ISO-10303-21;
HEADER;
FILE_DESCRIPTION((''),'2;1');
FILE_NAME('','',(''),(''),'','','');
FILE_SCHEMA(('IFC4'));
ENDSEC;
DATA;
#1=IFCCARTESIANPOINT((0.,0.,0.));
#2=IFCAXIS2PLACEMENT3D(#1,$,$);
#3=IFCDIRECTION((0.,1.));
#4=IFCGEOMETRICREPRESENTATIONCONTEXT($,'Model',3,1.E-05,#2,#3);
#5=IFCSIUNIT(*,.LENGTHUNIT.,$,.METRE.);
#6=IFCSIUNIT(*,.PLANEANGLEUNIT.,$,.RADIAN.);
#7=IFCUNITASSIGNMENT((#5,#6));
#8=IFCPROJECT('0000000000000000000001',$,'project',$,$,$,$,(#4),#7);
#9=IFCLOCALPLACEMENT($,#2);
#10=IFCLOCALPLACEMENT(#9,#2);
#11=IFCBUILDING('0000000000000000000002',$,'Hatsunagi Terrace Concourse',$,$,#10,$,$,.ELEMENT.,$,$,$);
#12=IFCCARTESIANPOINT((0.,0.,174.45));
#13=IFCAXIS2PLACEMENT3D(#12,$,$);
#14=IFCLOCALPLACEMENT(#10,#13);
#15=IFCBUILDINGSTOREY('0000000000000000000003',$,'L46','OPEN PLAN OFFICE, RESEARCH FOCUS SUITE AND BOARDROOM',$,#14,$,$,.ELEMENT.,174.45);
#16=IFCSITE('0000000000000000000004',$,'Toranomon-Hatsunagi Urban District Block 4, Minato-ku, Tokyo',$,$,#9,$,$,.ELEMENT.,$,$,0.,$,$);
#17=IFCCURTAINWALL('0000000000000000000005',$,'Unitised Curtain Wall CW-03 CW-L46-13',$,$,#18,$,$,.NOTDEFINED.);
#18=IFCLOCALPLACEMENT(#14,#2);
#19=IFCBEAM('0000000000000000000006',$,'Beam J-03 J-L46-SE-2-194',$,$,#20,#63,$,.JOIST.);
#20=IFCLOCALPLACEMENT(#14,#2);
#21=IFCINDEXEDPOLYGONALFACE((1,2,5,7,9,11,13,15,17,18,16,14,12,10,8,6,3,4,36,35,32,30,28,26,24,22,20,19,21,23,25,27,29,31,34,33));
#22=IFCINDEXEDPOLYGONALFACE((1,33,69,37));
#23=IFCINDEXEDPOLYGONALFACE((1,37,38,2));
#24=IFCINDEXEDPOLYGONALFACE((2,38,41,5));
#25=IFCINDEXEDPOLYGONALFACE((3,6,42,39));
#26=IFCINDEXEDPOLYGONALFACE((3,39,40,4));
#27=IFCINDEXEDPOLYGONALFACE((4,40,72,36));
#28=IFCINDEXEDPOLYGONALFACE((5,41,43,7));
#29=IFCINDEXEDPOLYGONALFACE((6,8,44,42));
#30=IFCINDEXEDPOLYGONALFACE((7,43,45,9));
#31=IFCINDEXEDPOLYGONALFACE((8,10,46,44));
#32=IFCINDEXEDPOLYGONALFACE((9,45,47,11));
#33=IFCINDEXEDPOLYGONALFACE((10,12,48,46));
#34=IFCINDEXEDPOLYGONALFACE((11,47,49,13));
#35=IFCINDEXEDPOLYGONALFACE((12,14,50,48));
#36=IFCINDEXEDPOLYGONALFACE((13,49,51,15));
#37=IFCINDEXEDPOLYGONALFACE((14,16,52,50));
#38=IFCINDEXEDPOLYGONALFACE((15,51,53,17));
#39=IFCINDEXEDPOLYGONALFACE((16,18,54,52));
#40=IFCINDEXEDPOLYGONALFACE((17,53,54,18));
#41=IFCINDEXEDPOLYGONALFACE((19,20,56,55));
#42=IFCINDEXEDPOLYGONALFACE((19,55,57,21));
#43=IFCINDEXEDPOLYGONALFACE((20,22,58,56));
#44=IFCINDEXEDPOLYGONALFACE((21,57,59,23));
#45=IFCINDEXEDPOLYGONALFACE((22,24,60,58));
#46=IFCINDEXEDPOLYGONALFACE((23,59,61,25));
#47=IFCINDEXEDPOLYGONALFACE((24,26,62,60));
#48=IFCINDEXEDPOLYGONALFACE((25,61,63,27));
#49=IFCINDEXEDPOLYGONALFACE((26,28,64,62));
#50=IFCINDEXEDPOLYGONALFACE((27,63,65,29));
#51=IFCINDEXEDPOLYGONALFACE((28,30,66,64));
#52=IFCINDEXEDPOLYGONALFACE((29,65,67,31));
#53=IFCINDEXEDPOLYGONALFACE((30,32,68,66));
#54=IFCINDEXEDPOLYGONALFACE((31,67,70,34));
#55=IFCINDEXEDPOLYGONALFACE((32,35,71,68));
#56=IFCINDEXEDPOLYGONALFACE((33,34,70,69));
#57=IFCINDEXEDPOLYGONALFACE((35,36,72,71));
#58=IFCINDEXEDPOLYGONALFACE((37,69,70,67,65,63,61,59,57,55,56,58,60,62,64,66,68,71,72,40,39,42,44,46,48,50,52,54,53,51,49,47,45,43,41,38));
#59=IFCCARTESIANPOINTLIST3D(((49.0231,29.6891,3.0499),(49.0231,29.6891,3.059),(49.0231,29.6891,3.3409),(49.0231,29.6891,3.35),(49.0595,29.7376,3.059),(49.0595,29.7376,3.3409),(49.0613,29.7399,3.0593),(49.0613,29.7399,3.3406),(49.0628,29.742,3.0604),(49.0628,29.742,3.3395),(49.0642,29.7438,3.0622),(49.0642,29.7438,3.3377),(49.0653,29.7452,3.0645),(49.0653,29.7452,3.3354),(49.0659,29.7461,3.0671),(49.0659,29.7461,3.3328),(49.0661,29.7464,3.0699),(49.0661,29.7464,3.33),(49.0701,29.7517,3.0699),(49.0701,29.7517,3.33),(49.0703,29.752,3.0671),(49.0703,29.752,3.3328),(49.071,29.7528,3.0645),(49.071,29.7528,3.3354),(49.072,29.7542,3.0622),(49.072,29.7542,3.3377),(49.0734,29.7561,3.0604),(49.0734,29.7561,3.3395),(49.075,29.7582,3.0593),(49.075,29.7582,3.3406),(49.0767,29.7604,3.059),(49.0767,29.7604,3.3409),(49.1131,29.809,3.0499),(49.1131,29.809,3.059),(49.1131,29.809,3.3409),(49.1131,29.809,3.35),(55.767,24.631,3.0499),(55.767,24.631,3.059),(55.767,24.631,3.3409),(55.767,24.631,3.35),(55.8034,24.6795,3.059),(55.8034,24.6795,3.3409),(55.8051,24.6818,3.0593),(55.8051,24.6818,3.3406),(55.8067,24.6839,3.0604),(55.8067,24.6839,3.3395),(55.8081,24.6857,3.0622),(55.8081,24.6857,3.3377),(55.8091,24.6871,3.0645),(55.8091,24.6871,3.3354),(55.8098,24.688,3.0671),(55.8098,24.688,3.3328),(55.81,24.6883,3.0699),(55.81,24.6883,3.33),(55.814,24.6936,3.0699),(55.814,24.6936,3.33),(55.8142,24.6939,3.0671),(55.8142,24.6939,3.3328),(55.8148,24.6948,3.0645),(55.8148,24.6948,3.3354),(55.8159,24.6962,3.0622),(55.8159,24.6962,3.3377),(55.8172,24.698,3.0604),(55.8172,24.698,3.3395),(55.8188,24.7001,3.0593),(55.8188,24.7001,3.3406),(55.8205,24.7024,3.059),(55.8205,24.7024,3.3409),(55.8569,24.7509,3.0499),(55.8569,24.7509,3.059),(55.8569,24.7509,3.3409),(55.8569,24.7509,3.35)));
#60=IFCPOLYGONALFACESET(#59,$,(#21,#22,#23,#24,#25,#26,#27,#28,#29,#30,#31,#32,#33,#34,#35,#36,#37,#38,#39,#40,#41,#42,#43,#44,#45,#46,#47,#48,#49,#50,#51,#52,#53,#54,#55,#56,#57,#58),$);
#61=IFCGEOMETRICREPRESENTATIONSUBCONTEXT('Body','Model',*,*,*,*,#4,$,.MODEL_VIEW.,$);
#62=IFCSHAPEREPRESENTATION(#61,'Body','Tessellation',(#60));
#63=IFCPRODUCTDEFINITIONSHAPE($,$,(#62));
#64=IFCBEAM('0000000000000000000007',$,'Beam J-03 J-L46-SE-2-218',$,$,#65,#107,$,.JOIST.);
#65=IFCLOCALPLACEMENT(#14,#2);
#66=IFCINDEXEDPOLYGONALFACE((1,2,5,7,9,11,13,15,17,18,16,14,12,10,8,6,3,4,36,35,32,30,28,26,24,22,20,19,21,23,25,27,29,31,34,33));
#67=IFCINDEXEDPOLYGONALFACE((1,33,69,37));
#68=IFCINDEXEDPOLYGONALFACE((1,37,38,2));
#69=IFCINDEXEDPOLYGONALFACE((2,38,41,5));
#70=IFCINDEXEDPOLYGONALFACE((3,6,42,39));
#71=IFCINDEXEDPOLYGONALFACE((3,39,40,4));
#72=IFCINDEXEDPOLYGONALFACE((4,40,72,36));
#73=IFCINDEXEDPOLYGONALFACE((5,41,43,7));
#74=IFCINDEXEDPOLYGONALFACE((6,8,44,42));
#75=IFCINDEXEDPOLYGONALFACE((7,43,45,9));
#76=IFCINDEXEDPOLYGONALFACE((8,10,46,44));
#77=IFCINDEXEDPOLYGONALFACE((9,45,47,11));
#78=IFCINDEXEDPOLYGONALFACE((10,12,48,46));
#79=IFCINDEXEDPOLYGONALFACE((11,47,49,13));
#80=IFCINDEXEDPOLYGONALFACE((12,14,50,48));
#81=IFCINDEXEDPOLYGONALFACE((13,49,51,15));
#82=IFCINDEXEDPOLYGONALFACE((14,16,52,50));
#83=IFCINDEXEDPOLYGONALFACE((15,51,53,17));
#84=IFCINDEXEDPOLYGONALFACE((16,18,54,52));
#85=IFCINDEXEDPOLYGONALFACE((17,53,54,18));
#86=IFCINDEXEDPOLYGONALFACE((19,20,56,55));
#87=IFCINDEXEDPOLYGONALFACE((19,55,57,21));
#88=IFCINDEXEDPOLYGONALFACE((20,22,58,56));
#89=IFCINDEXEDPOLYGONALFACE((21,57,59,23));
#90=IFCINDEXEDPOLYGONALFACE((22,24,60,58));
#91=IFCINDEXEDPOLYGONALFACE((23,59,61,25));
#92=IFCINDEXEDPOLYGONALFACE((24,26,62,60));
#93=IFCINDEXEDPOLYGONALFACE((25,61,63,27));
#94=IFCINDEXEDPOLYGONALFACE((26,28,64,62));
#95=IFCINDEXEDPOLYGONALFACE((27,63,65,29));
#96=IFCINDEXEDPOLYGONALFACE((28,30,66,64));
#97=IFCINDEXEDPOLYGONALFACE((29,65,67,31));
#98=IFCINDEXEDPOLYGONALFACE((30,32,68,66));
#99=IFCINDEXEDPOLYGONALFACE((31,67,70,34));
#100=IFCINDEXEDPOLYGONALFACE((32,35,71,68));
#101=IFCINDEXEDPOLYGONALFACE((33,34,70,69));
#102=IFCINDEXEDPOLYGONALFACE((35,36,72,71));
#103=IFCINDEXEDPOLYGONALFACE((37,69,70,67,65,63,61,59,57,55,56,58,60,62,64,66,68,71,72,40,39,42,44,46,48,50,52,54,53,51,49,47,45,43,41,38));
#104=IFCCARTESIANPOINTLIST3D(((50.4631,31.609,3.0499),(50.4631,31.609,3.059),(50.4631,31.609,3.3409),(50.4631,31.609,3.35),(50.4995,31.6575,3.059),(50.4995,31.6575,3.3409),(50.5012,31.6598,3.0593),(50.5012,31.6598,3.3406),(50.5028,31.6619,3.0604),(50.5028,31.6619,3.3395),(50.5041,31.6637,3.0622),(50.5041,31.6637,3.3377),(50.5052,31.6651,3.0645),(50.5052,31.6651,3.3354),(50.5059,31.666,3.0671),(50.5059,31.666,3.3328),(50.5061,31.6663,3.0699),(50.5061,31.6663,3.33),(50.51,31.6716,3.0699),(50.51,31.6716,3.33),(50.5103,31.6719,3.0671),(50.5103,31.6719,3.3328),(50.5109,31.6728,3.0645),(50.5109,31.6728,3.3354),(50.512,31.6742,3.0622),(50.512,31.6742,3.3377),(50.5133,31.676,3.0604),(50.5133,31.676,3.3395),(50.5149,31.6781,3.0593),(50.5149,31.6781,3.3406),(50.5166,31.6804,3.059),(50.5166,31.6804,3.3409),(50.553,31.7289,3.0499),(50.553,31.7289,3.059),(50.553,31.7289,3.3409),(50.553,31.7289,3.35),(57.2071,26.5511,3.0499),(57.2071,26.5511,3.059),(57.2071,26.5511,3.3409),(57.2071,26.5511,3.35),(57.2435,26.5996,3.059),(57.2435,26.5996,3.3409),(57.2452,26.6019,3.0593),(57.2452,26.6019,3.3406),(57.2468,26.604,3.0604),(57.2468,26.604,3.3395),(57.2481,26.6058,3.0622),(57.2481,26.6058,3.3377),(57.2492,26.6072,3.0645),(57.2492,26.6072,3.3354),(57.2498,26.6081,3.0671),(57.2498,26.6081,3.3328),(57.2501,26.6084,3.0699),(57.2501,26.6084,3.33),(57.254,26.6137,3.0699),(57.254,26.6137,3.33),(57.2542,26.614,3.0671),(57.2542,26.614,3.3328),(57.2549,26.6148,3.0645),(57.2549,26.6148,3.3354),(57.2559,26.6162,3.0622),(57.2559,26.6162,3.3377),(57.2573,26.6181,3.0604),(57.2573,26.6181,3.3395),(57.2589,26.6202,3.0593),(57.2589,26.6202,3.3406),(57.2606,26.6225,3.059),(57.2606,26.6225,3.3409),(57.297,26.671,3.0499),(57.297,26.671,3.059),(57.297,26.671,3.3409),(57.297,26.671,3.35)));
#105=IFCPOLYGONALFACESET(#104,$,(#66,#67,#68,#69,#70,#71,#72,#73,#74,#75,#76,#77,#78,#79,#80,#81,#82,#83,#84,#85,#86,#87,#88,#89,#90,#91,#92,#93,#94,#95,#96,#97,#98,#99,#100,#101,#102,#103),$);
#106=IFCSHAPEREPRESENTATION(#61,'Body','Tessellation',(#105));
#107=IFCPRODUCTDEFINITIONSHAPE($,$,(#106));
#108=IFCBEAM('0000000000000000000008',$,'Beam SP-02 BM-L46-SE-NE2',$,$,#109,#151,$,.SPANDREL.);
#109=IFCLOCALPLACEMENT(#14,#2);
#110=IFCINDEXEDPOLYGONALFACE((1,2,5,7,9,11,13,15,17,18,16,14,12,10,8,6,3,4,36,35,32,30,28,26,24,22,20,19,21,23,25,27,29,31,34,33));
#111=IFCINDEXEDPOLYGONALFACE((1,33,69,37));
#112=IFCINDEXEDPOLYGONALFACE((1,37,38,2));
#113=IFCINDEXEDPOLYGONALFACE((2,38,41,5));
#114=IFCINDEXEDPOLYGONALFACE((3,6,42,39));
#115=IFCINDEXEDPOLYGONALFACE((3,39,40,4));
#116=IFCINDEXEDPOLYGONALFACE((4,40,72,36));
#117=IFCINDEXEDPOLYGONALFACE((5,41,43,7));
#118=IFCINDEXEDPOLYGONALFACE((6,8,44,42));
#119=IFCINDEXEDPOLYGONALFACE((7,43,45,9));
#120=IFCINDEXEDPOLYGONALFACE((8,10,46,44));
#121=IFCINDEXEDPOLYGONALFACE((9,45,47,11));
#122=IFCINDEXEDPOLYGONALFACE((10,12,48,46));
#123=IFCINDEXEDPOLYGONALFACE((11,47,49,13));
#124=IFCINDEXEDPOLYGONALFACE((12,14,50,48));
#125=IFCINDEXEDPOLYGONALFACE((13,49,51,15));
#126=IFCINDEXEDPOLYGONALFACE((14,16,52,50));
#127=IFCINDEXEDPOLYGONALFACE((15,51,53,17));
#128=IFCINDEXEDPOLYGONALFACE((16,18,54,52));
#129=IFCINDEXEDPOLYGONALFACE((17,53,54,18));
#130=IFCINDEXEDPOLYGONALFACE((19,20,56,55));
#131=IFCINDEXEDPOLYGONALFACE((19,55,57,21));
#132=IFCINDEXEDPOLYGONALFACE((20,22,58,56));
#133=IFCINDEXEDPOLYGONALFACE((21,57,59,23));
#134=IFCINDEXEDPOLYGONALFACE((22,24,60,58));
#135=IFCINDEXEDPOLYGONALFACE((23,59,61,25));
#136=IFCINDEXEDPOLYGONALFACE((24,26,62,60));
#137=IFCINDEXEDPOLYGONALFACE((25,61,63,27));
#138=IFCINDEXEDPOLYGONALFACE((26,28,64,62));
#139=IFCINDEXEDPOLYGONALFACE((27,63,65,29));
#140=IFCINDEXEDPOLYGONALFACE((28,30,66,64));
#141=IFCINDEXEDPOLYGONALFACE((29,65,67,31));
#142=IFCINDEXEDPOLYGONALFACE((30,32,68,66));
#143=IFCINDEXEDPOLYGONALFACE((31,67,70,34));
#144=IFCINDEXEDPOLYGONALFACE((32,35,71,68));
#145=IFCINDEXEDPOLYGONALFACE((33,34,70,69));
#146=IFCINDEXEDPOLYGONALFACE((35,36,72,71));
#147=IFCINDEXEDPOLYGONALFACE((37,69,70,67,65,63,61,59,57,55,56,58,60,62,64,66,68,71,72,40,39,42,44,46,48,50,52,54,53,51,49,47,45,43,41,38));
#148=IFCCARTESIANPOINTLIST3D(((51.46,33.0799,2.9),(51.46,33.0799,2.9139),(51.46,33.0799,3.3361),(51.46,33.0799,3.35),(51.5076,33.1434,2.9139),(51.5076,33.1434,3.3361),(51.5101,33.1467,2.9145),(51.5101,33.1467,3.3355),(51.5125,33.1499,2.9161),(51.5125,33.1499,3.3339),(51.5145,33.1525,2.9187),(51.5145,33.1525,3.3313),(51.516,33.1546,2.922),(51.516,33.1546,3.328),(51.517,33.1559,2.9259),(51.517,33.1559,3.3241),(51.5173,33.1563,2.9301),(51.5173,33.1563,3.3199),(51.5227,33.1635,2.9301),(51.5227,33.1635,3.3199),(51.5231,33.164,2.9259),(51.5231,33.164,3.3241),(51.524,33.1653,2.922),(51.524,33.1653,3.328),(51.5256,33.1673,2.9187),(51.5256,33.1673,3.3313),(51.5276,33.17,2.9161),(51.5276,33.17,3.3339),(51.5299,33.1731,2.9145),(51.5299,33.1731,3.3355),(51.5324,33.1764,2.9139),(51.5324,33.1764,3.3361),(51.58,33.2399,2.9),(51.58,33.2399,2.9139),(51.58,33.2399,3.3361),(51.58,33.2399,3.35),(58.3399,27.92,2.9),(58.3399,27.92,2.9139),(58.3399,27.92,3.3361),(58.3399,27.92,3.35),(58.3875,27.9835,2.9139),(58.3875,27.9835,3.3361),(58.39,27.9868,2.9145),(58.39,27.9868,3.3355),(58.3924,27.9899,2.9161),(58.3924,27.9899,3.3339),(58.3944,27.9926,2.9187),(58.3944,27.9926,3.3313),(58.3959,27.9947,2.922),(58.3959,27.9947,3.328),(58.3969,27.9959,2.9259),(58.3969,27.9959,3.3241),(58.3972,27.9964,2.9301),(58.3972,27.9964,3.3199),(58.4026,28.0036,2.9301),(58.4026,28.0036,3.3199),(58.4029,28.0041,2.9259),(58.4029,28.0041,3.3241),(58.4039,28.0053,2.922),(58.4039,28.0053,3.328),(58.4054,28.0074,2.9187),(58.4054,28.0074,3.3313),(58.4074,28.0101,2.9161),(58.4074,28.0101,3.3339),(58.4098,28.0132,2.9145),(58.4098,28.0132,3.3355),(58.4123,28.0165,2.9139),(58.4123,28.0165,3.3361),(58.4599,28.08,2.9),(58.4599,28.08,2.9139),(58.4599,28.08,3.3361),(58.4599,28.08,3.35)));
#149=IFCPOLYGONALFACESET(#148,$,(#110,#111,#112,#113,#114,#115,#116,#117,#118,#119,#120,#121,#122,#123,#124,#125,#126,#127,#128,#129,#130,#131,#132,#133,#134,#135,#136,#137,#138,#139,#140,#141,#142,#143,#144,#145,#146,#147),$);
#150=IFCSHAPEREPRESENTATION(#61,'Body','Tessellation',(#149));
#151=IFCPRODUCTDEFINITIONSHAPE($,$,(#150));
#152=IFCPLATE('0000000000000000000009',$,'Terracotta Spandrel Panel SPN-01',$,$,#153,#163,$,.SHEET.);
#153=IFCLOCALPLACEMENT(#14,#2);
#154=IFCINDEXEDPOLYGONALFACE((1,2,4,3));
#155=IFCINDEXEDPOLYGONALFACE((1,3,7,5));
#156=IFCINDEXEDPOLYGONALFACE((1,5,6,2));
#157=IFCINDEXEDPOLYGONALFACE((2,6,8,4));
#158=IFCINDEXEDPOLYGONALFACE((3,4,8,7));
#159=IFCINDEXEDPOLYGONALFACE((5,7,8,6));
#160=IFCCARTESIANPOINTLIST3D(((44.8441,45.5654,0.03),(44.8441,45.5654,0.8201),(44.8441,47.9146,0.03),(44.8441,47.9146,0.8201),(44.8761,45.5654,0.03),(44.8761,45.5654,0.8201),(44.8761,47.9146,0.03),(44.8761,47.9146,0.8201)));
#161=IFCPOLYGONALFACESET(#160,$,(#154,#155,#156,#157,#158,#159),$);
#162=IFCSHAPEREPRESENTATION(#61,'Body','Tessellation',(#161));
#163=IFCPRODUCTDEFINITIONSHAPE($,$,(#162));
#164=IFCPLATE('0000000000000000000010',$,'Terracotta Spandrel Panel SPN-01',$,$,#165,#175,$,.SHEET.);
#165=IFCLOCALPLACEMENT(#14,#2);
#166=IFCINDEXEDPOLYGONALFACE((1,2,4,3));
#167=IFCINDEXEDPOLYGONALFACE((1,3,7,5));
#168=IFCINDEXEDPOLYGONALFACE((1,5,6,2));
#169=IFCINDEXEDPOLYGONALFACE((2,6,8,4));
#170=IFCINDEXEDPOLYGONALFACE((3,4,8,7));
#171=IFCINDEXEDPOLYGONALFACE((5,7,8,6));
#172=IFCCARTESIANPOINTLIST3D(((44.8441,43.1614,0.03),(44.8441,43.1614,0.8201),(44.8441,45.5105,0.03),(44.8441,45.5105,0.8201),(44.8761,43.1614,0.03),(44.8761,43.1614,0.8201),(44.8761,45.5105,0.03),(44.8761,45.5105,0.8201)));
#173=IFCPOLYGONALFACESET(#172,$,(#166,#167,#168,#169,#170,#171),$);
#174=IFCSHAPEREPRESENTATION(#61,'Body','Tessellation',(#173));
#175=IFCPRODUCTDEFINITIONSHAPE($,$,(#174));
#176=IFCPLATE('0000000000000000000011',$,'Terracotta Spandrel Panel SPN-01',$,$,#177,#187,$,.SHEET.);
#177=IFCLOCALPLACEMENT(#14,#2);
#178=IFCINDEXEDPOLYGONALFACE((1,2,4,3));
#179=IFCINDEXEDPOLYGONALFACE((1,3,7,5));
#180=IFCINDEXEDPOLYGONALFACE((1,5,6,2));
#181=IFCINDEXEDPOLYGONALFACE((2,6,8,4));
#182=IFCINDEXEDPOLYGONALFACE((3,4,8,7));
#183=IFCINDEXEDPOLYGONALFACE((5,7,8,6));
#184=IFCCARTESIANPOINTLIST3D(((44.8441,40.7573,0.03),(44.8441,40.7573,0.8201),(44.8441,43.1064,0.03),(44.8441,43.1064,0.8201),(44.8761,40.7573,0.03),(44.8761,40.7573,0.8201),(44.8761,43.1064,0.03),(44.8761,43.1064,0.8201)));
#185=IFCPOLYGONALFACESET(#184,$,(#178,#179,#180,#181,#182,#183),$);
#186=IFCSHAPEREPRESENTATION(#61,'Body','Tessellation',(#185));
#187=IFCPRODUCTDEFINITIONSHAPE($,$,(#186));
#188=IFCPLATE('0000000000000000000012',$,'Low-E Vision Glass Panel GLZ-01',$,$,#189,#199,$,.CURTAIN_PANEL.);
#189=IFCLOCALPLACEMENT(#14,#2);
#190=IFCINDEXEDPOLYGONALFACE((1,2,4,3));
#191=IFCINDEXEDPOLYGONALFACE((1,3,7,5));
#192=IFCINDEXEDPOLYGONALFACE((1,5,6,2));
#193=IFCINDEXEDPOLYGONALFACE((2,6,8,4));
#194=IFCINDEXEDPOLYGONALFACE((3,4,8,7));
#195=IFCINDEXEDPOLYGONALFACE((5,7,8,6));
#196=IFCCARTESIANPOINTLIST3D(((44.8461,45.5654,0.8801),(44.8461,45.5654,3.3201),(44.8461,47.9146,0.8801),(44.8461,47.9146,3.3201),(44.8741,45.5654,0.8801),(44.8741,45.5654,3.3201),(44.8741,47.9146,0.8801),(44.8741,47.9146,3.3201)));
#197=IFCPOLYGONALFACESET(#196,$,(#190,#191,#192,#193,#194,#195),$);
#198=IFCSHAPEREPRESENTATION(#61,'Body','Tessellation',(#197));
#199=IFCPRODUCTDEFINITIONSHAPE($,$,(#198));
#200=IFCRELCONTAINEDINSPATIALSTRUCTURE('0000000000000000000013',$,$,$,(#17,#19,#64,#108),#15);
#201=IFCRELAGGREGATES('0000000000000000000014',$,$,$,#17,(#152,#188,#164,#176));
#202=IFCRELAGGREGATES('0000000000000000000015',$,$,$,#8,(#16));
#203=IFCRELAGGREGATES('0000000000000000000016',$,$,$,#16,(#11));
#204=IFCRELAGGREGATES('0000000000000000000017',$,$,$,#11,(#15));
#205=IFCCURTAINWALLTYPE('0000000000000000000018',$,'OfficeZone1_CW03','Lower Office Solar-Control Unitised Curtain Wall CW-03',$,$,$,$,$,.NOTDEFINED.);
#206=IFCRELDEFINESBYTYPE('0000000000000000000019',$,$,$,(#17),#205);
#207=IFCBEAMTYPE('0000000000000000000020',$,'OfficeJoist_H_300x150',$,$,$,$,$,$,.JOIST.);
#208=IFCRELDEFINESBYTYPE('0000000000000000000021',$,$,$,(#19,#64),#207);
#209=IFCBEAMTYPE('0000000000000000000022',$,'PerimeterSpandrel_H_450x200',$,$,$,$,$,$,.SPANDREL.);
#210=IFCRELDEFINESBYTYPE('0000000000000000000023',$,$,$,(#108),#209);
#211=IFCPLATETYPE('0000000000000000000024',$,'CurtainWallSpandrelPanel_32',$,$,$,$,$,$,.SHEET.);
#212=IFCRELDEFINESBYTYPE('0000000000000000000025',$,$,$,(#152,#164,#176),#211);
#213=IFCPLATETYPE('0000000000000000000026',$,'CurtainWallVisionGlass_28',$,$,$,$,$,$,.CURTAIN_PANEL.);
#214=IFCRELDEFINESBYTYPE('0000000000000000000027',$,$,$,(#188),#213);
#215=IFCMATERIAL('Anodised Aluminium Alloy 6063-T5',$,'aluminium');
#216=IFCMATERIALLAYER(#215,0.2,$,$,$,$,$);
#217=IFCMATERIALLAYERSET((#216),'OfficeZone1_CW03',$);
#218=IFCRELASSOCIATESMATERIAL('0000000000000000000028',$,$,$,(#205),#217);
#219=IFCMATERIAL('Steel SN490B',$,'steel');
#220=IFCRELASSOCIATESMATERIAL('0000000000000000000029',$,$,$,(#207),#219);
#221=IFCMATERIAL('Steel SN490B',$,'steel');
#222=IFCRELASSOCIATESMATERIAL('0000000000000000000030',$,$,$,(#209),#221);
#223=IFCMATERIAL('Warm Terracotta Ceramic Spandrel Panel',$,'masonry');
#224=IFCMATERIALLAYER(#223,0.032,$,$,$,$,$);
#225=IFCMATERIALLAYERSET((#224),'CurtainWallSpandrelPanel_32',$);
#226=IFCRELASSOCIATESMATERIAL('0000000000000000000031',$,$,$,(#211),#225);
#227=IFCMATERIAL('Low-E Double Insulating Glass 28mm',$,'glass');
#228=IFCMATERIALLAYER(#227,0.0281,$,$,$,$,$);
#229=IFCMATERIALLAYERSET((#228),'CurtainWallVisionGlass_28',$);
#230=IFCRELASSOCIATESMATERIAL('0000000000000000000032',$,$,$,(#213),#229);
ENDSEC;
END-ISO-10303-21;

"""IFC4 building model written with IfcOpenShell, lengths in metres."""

from ifc_helpers import new_model, si_unit, direction, frame, origin, origin_2d, place, context, subcontext, project, spatial, rectangle, i_section, extrude, material, layer, layer_set, material_profile, profile_set, type_object, element, aggregate, save


model = new_model("IFC4")

# Units and contexts
model_context = context("Model", 3, precision=1e-05, world=origin(), true_north=direction((0.0, 1.0)))
body_context = subcontext(model_context, "Body", "Model", "MODEL_VIEW")
ifc_project = project(units=[si_unit("LENGTHUNIT", "METRE"), si_unit("PLANEANGLEUNIT", "RADIAN")], contexts=[model_context])

# Site, building, storey
site_placement = place(None, origin())
site = spatial("IfcSite", under=ifc_project, at=site_placement, Name="Toranomon-Hatsunagi Urban District Block 4, Minato-ku, Tokyo", CompositionType="ELEMENT", RefElevation=0.0)
building_placement = place(site_placement, origin())
building = spatial("IfcBuilding", under=site, at=building_placement, Name="Hatsunagi Terrace Concourse", CompositionType="ELEMENT")
storey_placement = place(building_placement, frame((0.0, 0.0, 174.45)))
storey = spatial("IfcBuildingStorey", under=building, at=storey_placement, Name="L46", Description="OPEN PLAN OFFICE, RESEARCH FOCUS SUITE AND BOARDROOM", CompositionType="ELEMENT", Elevation=174.45)

# Curtain wall
ifc_material_1 = material(Name="Anodised Aluminium Alloy 6063-T5", Category="aluminium")
ifc_layer_1 = layer(ifc_material_1, 0.2)
ifc_layer_set_1 = layer_set([ifc_layer_1], Name="OfficeZone1_CW03")
curtain_wall_type = type_object("IfcCurtainWallType", Name="OfficeZone1_CW03", Description="Lower Office Solar-Control Unitised Curtain Wall CW-03", PredefinedType="NOTDEFINED", material=ifc_layer_set_1)
curtain_wall_placement = place(storey_placement, origin())
curtain_wall = element("IfcCurtainWall", 1, at=curtain_wall_placement, inside=storey, type_object=curtain_wall_type, Name="Unitised Curtain Wall CW-03 CW-L46-13", PredefinedType="NOTDEFINED")

# Beams
ifc_material_2 = material(Name="Steel SN490B", Category="steel")
ifc_material_profile_1 = material_profile(ifc_material_2, i_section(OverallWidth=0.1499, OverallDepth=0.3, WebThickness=0.0066, FlangeThickness=0.009, FilletRadius=0.011, at=origin_2d()), Name="H-300x150x6.5x9")
ifc_profile_set_1 = profile_set([ifc_material_profile_1], Name="Steel SN490B")
beam_type_1 = type_object("IfcBeamType", Name="OfficeJoist_H_300x150", PredefinedType="JOIST", material=ifc_profile_set_1)
for number, where, z_axis, x_axis, name in (
    (2, (49.0681, 29.749, 3.2), (0.79999, -0.600014, 0.0), (0.600014, 0.79999, 0.0), "Beam J-03 J-L46-SE-2-194"),
    (3, (50.5081, 31.6689, 3.2), (0.800003, -0.599995, 0.0), (0.599995, 0.800003, 0.0), "Beam J-03 J-L46-SE-2-218"),
):
    element("IfcBeam", number, at=place(storey_placement, frame(where, z_axis=z_axis, x_axis=x_axis)), inside=storey, type_object=beam_type_1, Name=name, PredefinedType="JOIST", context=body_context, shape_type="SweptSolid", body=[
        extrude(i_section(OverallWidth=0.1499, OverallDepth=0.3, WebThickness=0.0066, FlangeThickness=0.009, FilletRadius=0.011, at=origin_2d()), origin(), (0.0, 0.0, 1.0), 8.4299),
    ])
ifc_material_3 = material(Name="Steel SN490B", Category="steel")
ifc_material_profile_2 = material_profile(ifc_material_3, i_section(OverallWidth=0.2, OverallDepth=0.45, WebThickness=0.009, FlangeThickness=0.0139, FilletRadius=0.0161, at=origin_2d()), Name="H-450x200x9x14")
ifc_profile_set_2 = profile_set([ifc_material_profile_2], Name="Steel SN490B")
beam_type_2 = type_object("IfcBeamType", Name="PerimeterSpandrel_H_450x200", PredefinedType="SPANDREL", material=ifc_profile_set_2)
beam_placement = place(storey_placement, frame((51.52, 33.1599, 3.125), z_axis=(0.8, -0.6, 0.0), x_axis=(0.6, 0.8, 0.0)))
element("IfcBeam", 4, at=beam_placement, inside=storey, type_object=beam_type_2, Name="Beam SP-02 BM-L46-SE-NE2", PredefinedType="SPANDREL", context=body_context, shape_type="SweptSolid", body=[
    extrude(i_section(OverallWidth=0.2, OverallDepth=0.45, WebThickness=0.009, FlangeThickness=0.0139, FilletRadius=0.0161, at=origin_2d()), origin(), (0.0, 0.0, 1.0), 8.5999),
])

# Plates
ifc_material_4 = material(Name="Warm Terracotta Ceramic Spandrel Panel", Category="masonry")
ifc_layer_2 = layer(ifc_material_4, 0.032)
ifc_layer_set_2 = layer_set([ifc_layer_2], Name="CurtainWallSpandrelPanel_32")
plate_type_1 = type_object("IfcPlateType", Name="CurtainWallSpandrelPanel_32", PredefinedType="SHEET", material=ifc_layer_set_2)
plate_1_placement = place(storey_placement, frame((44.8601, 46.74, 0.03), z_axis=(0.0, 0.0, 1.0), x_axis=(0.0, -1.0, 0.0)))
plate_1 = element("IfcPlate", 5, at=plate_1_placement, type_object=plate_type_1, Name="Terracotta Spandrel Panel SPN-01", PredefinedType="SHEET", context=body_context, shape_type="SweptSolid", body=[
    extrude(rectangle(XDim=2.3491, YDim=0.032, at=origin_2d()), origin(), (0.0, 0.0, 1.0), 0.79),
])
plate_2_placement = place(storey_placement, frame((44.8601, 44.3359, 0.03), z_axis=(0.0, 0.0, 1.0), x_axis=(0.0, -1.0, 0.0)))
plate_2 = element("IfcPlate", 6, at=plate_2_placement, type_object=plate_type_1, Name="Terracotta Spandrel Panel SPN-01", PredefinedType="SHEET", context=body_context, shape_type="SweptSolid", body=[
    extrude(rectangle(XDim=2.3491, YDim=0.032, at=origin_2d()), origin(), (0.0, 0.0, 1.0), 0.79),
])
plate_3_placement = place(storey_placement, frame((44.8601, 41.9319, 0.03), z_axis=(0.0, 0.0, 1.0), x_axis=(0.0, -1.0, 0.0)))
plate_3 = element("IfcPlate", 7, at=plate_3_placement, type_object=plate_type_1, Name="Terracotta Spandrel Panel SPN-01", PredefinedType="SHEET", context=body_context, shape_type="SweptSolid", body=[
    extrude(rectangle(XDim=2.3491, YDim=0.032, at=origin_2d()), origin(), (0.0, 0.0, 1.0), 0.79),
])
ifc_material_5 = material(Name="Low-E Double Insulating Glass 28mm", Category="glass")
ifc_layer_3 = layer(ifc_material_5, 0.0281)
ifc_layer_set_3 = layer_set([ifc_layer_3], Name="CurtainWallVisionGlass_28")
plate_type_2 = type_object("IfcPlateType", Name="CurtainWallVisionGlass_28", PredefinedType="CURTAIN_PANEL", material=ifc_layer_set_3)
plate_4_placement = place(storey_placement, frame((44.8601, 46.74, 0.8801), z_axis=(0.0, 0.0, 1.0), x_axis=(0.0, -1.0, 0.0)))
plate_4 = element("IfcPlate", 8, at=plate_4_placement, type_object=plate_type_2, Name="Low-E Vision Glass Panel GLZ-01", PredefinedType="CURTAIN_PANEL", context=body_context, shape_type="SweptSolid", body=[
    extrude(rectangle(XDim=2.3491, YDim=0.0281, at=origin_2d()), origin(), (0.0, 0.0, 1.0), 2.4399),
])
aggregate(curtain_wall, [plate_1, plate_4, plate_2, plate_3])

save(model, "model.ifc")
